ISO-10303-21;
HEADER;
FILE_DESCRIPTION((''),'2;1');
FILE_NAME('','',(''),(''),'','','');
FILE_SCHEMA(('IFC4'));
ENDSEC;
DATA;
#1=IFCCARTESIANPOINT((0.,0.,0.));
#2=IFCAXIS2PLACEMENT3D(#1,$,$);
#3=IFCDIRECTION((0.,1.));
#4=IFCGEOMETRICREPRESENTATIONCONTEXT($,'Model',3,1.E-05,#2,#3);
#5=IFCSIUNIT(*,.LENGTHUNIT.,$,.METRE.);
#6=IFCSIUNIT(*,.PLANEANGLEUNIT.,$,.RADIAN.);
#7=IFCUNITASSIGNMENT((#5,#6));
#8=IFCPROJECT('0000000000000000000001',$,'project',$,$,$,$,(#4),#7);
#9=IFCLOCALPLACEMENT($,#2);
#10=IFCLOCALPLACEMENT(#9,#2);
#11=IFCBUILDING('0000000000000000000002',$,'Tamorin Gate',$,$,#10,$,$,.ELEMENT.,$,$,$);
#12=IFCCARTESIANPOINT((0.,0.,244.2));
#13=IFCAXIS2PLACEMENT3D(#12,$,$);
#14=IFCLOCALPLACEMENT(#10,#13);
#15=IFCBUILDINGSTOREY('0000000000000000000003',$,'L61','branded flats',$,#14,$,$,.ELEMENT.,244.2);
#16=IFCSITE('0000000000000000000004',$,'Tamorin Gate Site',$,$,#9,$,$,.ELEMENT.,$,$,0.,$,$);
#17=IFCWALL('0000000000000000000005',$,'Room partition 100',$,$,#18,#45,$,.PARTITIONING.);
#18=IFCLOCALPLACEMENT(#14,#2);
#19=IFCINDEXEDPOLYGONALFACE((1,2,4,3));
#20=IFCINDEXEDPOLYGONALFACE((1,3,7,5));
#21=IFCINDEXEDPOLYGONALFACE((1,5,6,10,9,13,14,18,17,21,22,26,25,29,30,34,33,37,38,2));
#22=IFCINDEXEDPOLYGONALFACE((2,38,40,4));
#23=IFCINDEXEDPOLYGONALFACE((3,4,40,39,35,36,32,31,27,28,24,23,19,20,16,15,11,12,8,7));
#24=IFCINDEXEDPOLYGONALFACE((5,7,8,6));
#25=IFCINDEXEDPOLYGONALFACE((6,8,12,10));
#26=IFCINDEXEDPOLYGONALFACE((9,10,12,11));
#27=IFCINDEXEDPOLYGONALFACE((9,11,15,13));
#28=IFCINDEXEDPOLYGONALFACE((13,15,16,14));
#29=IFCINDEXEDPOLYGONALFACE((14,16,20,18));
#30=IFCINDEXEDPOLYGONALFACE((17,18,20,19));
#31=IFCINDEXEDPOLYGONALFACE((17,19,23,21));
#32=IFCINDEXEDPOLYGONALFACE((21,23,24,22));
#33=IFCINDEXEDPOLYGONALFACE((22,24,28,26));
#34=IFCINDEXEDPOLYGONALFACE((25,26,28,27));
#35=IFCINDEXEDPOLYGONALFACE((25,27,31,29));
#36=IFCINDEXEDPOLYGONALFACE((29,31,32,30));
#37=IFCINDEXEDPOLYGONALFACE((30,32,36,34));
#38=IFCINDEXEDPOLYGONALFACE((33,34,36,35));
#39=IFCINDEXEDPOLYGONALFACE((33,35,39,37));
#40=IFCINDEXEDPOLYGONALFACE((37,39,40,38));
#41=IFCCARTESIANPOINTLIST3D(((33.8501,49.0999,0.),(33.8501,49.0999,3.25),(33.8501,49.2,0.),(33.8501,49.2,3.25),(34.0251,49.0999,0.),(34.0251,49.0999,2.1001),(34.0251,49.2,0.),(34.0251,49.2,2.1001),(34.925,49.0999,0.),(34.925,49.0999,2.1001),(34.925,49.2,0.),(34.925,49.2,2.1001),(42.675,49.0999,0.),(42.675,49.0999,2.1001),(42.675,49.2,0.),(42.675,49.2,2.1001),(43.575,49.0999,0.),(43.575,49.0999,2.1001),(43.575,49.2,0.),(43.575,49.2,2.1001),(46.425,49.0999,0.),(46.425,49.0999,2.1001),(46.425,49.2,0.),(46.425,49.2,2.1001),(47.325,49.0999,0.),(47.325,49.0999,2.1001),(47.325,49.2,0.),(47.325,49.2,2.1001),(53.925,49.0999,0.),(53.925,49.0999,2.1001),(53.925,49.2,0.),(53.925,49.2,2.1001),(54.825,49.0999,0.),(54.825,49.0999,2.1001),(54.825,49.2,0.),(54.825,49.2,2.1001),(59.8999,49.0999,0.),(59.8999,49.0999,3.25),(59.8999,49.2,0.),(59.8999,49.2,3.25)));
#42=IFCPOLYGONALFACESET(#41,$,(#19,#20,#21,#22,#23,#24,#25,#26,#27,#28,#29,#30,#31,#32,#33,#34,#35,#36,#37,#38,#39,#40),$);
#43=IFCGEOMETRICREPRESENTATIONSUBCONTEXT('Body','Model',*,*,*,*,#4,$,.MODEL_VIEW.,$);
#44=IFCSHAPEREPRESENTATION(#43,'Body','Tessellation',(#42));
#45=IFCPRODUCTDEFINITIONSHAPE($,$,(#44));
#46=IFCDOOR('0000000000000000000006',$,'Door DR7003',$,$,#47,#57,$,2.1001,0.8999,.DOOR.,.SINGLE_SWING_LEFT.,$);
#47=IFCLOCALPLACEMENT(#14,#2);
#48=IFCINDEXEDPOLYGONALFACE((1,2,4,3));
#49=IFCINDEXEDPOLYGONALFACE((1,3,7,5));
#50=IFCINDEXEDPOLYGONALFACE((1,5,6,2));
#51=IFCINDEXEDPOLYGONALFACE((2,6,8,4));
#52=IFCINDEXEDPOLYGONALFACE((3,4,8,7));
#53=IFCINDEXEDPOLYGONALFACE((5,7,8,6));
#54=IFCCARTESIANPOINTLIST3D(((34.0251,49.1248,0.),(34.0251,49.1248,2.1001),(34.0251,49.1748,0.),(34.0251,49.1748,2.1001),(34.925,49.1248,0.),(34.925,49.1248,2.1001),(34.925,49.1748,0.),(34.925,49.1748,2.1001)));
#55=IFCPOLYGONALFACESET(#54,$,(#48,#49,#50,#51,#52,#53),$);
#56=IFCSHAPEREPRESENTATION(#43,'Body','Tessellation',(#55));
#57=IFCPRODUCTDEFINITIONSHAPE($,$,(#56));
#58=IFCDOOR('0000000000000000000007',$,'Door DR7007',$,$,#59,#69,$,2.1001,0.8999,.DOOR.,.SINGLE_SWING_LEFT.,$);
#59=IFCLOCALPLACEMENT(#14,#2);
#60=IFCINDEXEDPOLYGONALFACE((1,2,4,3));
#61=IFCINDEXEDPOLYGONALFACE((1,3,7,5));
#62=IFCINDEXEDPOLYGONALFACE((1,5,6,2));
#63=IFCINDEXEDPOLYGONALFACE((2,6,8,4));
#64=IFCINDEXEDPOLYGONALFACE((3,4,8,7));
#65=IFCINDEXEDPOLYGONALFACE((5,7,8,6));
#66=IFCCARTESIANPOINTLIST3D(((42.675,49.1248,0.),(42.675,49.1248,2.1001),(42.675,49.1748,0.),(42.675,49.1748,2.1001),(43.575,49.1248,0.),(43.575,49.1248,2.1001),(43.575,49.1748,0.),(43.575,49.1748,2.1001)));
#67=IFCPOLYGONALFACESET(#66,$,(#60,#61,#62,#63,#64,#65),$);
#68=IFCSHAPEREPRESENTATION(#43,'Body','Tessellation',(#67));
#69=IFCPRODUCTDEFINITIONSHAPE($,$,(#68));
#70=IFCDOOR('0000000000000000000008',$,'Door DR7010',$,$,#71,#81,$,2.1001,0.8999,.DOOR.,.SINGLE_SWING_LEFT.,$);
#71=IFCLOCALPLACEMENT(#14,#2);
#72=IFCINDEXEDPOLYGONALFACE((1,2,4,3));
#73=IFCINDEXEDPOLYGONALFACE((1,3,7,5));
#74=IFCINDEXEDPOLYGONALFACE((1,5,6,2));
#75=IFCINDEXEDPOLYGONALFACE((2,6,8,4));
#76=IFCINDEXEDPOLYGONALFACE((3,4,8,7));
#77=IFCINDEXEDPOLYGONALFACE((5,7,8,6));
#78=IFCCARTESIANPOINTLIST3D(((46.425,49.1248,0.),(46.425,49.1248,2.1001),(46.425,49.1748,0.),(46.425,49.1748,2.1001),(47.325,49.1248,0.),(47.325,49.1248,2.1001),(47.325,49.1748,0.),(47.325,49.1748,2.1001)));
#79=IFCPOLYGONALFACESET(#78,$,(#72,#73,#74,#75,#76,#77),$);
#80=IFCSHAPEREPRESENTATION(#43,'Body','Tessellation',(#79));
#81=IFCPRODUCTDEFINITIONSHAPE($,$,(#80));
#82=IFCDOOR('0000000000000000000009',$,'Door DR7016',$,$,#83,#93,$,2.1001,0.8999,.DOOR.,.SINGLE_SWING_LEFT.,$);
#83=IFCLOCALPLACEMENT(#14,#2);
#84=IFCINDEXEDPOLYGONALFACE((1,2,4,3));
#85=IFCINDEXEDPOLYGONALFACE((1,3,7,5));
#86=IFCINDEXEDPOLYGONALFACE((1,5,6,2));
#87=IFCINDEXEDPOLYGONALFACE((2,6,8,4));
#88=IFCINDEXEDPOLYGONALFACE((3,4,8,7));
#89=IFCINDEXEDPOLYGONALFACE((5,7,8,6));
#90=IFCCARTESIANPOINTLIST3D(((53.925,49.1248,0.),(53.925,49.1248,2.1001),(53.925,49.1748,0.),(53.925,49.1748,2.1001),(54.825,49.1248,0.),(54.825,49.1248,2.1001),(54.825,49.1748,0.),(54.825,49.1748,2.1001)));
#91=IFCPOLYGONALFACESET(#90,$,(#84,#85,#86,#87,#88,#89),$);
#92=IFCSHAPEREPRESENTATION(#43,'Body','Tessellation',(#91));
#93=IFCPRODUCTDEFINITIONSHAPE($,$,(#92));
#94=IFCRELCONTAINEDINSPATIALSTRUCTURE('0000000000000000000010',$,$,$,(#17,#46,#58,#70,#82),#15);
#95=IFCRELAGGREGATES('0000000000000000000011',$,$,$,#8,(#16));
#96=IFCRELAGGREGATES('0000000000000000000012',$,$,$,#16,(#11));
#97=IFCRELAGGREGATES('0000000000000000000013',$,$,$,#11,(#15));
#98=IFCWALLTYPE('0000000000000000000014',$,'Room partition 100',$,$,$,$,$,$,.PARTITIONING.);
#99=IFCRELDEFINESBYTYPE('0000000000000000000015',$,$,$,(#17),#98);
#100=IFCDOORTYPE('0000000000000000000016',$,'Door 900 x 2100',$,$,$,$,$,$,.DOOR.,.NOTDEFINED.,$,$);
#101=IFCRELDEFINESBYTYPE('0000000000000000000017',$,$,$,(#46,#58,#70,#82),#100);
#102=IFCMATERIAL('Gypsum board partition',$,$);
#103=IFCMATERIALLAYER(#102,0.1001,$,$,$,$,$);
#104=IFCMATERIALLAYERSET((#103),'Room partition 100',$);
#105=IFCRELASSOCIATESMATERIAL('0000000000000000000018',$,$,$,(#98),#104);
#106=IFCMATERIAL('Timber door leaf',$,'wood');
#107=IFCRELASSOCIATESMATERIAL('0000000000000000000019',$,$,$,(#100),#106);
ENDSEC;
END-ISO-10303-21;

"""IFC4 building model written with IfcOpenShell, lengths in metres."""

from ifc_helpers import new_model, si_unit, direction, frame, frame_2d, origin, place, context, subcontext, project, spatial, rectangle, extrude, material, layer, layer_set, type_object, element, fill, save


model = new_model("IFC4")

# Units and contexts
model_context = context("Model", 3, precision=1e-05, world=origin(), true_north=direction((0.0, 1.0)))
body_context = subcontext(model_context, "Body", "Model", "MODEL_VIEW")
ifc_project = project(units=[si_unit("LENGTHUNIT", "METRE"), si_unit("PLANEANGLEUNIT", "RADIAN")], contexts=[model_context])

# Site, building, storey
site_placement = place(None, origin())
site = spatial("IfcSite", under=ifc_project, at=site_placement, Name="Tamorin Gate Site", CompositionType="ELEMENT", RefElevation=0.0)
building_placement = place(site_placement, origin())
building = spatial("IfcBuilding", under=site, at=building_placement, Name="Tamorin Gate", CompositionType="ELEMENT")
storey_placement = place(building_placement, frame((0.0, 0.0, 244.2)))
storey = spatial("IfcBuildingStorey", under=building, at=storey_placement, Name="L61", Description="branded flats", CompositionType="ELEMENT", Elevation=244.2)

# Shared definitions
ifc_material_1 = material(Name="Gypsum board partition")

# Wall, openings, doors
ifc_layer_1 = layer(ifc_material_1, 0.1001)
ifc_layer_set_1 = layer_set([ifc_layer_1], Name="Room partition 100")
wall_type_1 = type_object("IfcWallType", Name="Room partition 100", PredefinedType="PARTITIONING", material=ifc_layer_set_1)
wall_1_placement = place(storey_placement, frame((33.8501, 49.1499, 0.0), z_axis=(0.0, 0.0, 1.0), x_axis=(1.0, 0.0, 0.0)))
wall_1 = element("IfcWall", 1, at=wall_1_placement, inside=storey, type_object=wall_type_1, Name="Room partition 100", PredefinedType="PARTITIONING", context=body_context, shape_type="SweptSolid", body=[
    extrude(rectangle(XDim=26.0498, YDim=0.1001, at=frame_2d((13.0249, 0.0))), origin(), (0.0, 0.0, 1.0), 3.25),
])
opening_1_placement = place(wall_1_placement, frame((0.175, 0.0, 0.0)))
opening_1 = element("IfcOpeningElement", 2, at=opening_1_placement, cuts=wall_1, PredefinedType="OPENING", context=body_context, shape_type="SweptSolid", body=[
    extrude(rectangle(XDim=0.8999, YDim=2.1001, at=frame_2d((0.45, 1.05))), frame((0.0, 0.0601, 0.0), z_axis=(0.0, -1.0, 0.0), x_axis=(1.0, 0.0, 0.0)), (0.0, 0.0, 1.0), 0.1201),
])
opening_2_placement = place(wall_1_placement, frame((8.825, 0.0, 0.0)))
opening_2 = element("IfcOpeningElement", 3, at=opening_2_placement, cuts=wall_1, PredefinedType="OPENING", context=body_context, shape_type="SweptSolid", body=[
    extrude(rectangle(XDim=0.8999, YDim=2.1001, at=frame_2d((0.45, 1.05))), frame((0.0, 0.0601, 0.0), z_axis=(0.0, -1.0, 0.0), x_axis=(1.0, 0.0, 0.0)), (0.0, 0.0, 1.0), 0.1201),
])
opening_3_placement = place(wall_1_placement, frame((12.575, 0.0, 0.0)))
opening_3 = element("IfcOpeningElement", 4, at=opening_3_placement, cuts=wall_1, PredefinedType="OPENING", context=body_context, shape_type="SweptSolid", body=[
    extrude(rectangle(XDim=0.8999, YDim=2.1001, at=frame_2d((0.45, 1.05))), frame((0.0, 0.0601, 0.0), z_axis=(0.0, -1.0, 0.0), x_axis=(1.0, 0.0, 0.0)), (0.0, 0.0, 1.0), 0.1201),
])
opening_4_placement = place(wall_1_placement, frame((20.075, 0.0, 0.0)))
opening_4 = element("IfcOpeningElement", 5, at=opening_4_placement, cuts=wall_1, PredefinedType="OPENING", context=body_context, shape_type="SweptSolid", body=[
    extrude(rectangle(XDim=0.8999, YDim=2.1001, at=frame_2d((0.45, 1.05))), frame((0.0, 0.0601, 0.0), z_axis=(0.0, -1.0, 0.0), x_axis=(1.0, 0.0, 0.0)), (0.0, 0.0, 1.0), 0.1201),
])
ifc_material_2 = material(Name="Timber door leaf", Category="wood")
door_type = type_object("IfcDoorType", Name="Door 900 x 2100", OperationType="NOTDEFINED", PredefinedType="DOOR", material=ifc_material_2)
door_1_placement = place(opening_1_placement, origin())
door_1 = element("IfcDoor", 6, at=door_1_placement, inside=storey, type_object=door_type, Name="Door DR7003", OperationType="SINGLE_SWING_LEFT", OverallHeight=2.1001, OverallWidth=0.8999, PredefinedType="DOOR", context=body_context, shape_type="SweptSolid", body=[
    extrude(rectangle(XDim=0.8999, YDim=2.1001, at=frame_2d((0.45, 1.05))), frame((0.0, 0.0249, 0.0), z_axis=(0.0, -1.0, 0.0), x_axis=(1.0, 0.0, 0.0)), (0.0, 0.0, 1.0), 0.05),
])
fill(opening_1, door_1)
door_2_placement = place(opening_2_placement, origin())
door_2 = element("IfcDoor", 7, at=door_2_placement, inside=storey, type_object=door_type, Name="Door DR7007", OperationType="SINGLE_SWING_LEFT", OverallHeight=2.1001, OverallWidth=0.8999, PredefinedType="DOOR", context=body_context, shape_type="SweptSolid", body=[
    extrude(rectangle(XDim=0.8999, YDim=2.1001, at=frame_2d((0.45, 1.05))), frame((0.0, 0.0249, 0.0), z_axis=(0.0, -1.0, 0.0), x_axis=(1.0, 0.0, 0.0)), (0.0, 0.0, 1.0), 0.05),
])
fill(opening_2, door_2)
door_3_placement = place(opening_3_placement, origin())
door_3 = element("IfcDoor", 8, at=door_3_placement, inside=storey, type_object=door_type, Name="Door DR7010", OperationType="SINGLE_SWING_LEFT", OverallHeight=2.1001, OverallWidth=0.8999, PredefinedType="DOOR", context=body_context, shape_type="SweptSolid", body=[
    extrude(rectangle(XDim=0.8999, YDim=2.1001, at=frame_2d((0.45, 1.05))), frame((0.0, 0.0249, 0.0), z_axis=(0.0, -1.0, 0.0), x_axis=(1.0, 0.0, 0.0)), (0.0, 0.0, 1.0), 0.05),
])
fill(opening_3, door_3)
door_4_placement = place(opening_4_placement, origin())
door_4 = element("IfcDoor", 9, at=door_4_placement, inside=storey, type_object=door_type, Name="Door DR7016", OperationType="SINGLE_SWING_LEFT", OverallHeight=2.1001, OverallWidth=0.8999, PredefinedType="DOOR", context=body_context, shape_type="SweptSolid", body=[
    extrude(rectangle(XDim=0.8999, YDim=2.1001, at=frame_2d((0.45, 1.05))), frame((0.0, 0.0249, 0.0), z_axis=(0.0, -1.0, 0.0), x_axis=(1.0, 0.0, 0.0)), (0.0, 0.0, 1.0), 0.05),
])
fill(opening_4, door_4)

save(model, "model.ifc")
